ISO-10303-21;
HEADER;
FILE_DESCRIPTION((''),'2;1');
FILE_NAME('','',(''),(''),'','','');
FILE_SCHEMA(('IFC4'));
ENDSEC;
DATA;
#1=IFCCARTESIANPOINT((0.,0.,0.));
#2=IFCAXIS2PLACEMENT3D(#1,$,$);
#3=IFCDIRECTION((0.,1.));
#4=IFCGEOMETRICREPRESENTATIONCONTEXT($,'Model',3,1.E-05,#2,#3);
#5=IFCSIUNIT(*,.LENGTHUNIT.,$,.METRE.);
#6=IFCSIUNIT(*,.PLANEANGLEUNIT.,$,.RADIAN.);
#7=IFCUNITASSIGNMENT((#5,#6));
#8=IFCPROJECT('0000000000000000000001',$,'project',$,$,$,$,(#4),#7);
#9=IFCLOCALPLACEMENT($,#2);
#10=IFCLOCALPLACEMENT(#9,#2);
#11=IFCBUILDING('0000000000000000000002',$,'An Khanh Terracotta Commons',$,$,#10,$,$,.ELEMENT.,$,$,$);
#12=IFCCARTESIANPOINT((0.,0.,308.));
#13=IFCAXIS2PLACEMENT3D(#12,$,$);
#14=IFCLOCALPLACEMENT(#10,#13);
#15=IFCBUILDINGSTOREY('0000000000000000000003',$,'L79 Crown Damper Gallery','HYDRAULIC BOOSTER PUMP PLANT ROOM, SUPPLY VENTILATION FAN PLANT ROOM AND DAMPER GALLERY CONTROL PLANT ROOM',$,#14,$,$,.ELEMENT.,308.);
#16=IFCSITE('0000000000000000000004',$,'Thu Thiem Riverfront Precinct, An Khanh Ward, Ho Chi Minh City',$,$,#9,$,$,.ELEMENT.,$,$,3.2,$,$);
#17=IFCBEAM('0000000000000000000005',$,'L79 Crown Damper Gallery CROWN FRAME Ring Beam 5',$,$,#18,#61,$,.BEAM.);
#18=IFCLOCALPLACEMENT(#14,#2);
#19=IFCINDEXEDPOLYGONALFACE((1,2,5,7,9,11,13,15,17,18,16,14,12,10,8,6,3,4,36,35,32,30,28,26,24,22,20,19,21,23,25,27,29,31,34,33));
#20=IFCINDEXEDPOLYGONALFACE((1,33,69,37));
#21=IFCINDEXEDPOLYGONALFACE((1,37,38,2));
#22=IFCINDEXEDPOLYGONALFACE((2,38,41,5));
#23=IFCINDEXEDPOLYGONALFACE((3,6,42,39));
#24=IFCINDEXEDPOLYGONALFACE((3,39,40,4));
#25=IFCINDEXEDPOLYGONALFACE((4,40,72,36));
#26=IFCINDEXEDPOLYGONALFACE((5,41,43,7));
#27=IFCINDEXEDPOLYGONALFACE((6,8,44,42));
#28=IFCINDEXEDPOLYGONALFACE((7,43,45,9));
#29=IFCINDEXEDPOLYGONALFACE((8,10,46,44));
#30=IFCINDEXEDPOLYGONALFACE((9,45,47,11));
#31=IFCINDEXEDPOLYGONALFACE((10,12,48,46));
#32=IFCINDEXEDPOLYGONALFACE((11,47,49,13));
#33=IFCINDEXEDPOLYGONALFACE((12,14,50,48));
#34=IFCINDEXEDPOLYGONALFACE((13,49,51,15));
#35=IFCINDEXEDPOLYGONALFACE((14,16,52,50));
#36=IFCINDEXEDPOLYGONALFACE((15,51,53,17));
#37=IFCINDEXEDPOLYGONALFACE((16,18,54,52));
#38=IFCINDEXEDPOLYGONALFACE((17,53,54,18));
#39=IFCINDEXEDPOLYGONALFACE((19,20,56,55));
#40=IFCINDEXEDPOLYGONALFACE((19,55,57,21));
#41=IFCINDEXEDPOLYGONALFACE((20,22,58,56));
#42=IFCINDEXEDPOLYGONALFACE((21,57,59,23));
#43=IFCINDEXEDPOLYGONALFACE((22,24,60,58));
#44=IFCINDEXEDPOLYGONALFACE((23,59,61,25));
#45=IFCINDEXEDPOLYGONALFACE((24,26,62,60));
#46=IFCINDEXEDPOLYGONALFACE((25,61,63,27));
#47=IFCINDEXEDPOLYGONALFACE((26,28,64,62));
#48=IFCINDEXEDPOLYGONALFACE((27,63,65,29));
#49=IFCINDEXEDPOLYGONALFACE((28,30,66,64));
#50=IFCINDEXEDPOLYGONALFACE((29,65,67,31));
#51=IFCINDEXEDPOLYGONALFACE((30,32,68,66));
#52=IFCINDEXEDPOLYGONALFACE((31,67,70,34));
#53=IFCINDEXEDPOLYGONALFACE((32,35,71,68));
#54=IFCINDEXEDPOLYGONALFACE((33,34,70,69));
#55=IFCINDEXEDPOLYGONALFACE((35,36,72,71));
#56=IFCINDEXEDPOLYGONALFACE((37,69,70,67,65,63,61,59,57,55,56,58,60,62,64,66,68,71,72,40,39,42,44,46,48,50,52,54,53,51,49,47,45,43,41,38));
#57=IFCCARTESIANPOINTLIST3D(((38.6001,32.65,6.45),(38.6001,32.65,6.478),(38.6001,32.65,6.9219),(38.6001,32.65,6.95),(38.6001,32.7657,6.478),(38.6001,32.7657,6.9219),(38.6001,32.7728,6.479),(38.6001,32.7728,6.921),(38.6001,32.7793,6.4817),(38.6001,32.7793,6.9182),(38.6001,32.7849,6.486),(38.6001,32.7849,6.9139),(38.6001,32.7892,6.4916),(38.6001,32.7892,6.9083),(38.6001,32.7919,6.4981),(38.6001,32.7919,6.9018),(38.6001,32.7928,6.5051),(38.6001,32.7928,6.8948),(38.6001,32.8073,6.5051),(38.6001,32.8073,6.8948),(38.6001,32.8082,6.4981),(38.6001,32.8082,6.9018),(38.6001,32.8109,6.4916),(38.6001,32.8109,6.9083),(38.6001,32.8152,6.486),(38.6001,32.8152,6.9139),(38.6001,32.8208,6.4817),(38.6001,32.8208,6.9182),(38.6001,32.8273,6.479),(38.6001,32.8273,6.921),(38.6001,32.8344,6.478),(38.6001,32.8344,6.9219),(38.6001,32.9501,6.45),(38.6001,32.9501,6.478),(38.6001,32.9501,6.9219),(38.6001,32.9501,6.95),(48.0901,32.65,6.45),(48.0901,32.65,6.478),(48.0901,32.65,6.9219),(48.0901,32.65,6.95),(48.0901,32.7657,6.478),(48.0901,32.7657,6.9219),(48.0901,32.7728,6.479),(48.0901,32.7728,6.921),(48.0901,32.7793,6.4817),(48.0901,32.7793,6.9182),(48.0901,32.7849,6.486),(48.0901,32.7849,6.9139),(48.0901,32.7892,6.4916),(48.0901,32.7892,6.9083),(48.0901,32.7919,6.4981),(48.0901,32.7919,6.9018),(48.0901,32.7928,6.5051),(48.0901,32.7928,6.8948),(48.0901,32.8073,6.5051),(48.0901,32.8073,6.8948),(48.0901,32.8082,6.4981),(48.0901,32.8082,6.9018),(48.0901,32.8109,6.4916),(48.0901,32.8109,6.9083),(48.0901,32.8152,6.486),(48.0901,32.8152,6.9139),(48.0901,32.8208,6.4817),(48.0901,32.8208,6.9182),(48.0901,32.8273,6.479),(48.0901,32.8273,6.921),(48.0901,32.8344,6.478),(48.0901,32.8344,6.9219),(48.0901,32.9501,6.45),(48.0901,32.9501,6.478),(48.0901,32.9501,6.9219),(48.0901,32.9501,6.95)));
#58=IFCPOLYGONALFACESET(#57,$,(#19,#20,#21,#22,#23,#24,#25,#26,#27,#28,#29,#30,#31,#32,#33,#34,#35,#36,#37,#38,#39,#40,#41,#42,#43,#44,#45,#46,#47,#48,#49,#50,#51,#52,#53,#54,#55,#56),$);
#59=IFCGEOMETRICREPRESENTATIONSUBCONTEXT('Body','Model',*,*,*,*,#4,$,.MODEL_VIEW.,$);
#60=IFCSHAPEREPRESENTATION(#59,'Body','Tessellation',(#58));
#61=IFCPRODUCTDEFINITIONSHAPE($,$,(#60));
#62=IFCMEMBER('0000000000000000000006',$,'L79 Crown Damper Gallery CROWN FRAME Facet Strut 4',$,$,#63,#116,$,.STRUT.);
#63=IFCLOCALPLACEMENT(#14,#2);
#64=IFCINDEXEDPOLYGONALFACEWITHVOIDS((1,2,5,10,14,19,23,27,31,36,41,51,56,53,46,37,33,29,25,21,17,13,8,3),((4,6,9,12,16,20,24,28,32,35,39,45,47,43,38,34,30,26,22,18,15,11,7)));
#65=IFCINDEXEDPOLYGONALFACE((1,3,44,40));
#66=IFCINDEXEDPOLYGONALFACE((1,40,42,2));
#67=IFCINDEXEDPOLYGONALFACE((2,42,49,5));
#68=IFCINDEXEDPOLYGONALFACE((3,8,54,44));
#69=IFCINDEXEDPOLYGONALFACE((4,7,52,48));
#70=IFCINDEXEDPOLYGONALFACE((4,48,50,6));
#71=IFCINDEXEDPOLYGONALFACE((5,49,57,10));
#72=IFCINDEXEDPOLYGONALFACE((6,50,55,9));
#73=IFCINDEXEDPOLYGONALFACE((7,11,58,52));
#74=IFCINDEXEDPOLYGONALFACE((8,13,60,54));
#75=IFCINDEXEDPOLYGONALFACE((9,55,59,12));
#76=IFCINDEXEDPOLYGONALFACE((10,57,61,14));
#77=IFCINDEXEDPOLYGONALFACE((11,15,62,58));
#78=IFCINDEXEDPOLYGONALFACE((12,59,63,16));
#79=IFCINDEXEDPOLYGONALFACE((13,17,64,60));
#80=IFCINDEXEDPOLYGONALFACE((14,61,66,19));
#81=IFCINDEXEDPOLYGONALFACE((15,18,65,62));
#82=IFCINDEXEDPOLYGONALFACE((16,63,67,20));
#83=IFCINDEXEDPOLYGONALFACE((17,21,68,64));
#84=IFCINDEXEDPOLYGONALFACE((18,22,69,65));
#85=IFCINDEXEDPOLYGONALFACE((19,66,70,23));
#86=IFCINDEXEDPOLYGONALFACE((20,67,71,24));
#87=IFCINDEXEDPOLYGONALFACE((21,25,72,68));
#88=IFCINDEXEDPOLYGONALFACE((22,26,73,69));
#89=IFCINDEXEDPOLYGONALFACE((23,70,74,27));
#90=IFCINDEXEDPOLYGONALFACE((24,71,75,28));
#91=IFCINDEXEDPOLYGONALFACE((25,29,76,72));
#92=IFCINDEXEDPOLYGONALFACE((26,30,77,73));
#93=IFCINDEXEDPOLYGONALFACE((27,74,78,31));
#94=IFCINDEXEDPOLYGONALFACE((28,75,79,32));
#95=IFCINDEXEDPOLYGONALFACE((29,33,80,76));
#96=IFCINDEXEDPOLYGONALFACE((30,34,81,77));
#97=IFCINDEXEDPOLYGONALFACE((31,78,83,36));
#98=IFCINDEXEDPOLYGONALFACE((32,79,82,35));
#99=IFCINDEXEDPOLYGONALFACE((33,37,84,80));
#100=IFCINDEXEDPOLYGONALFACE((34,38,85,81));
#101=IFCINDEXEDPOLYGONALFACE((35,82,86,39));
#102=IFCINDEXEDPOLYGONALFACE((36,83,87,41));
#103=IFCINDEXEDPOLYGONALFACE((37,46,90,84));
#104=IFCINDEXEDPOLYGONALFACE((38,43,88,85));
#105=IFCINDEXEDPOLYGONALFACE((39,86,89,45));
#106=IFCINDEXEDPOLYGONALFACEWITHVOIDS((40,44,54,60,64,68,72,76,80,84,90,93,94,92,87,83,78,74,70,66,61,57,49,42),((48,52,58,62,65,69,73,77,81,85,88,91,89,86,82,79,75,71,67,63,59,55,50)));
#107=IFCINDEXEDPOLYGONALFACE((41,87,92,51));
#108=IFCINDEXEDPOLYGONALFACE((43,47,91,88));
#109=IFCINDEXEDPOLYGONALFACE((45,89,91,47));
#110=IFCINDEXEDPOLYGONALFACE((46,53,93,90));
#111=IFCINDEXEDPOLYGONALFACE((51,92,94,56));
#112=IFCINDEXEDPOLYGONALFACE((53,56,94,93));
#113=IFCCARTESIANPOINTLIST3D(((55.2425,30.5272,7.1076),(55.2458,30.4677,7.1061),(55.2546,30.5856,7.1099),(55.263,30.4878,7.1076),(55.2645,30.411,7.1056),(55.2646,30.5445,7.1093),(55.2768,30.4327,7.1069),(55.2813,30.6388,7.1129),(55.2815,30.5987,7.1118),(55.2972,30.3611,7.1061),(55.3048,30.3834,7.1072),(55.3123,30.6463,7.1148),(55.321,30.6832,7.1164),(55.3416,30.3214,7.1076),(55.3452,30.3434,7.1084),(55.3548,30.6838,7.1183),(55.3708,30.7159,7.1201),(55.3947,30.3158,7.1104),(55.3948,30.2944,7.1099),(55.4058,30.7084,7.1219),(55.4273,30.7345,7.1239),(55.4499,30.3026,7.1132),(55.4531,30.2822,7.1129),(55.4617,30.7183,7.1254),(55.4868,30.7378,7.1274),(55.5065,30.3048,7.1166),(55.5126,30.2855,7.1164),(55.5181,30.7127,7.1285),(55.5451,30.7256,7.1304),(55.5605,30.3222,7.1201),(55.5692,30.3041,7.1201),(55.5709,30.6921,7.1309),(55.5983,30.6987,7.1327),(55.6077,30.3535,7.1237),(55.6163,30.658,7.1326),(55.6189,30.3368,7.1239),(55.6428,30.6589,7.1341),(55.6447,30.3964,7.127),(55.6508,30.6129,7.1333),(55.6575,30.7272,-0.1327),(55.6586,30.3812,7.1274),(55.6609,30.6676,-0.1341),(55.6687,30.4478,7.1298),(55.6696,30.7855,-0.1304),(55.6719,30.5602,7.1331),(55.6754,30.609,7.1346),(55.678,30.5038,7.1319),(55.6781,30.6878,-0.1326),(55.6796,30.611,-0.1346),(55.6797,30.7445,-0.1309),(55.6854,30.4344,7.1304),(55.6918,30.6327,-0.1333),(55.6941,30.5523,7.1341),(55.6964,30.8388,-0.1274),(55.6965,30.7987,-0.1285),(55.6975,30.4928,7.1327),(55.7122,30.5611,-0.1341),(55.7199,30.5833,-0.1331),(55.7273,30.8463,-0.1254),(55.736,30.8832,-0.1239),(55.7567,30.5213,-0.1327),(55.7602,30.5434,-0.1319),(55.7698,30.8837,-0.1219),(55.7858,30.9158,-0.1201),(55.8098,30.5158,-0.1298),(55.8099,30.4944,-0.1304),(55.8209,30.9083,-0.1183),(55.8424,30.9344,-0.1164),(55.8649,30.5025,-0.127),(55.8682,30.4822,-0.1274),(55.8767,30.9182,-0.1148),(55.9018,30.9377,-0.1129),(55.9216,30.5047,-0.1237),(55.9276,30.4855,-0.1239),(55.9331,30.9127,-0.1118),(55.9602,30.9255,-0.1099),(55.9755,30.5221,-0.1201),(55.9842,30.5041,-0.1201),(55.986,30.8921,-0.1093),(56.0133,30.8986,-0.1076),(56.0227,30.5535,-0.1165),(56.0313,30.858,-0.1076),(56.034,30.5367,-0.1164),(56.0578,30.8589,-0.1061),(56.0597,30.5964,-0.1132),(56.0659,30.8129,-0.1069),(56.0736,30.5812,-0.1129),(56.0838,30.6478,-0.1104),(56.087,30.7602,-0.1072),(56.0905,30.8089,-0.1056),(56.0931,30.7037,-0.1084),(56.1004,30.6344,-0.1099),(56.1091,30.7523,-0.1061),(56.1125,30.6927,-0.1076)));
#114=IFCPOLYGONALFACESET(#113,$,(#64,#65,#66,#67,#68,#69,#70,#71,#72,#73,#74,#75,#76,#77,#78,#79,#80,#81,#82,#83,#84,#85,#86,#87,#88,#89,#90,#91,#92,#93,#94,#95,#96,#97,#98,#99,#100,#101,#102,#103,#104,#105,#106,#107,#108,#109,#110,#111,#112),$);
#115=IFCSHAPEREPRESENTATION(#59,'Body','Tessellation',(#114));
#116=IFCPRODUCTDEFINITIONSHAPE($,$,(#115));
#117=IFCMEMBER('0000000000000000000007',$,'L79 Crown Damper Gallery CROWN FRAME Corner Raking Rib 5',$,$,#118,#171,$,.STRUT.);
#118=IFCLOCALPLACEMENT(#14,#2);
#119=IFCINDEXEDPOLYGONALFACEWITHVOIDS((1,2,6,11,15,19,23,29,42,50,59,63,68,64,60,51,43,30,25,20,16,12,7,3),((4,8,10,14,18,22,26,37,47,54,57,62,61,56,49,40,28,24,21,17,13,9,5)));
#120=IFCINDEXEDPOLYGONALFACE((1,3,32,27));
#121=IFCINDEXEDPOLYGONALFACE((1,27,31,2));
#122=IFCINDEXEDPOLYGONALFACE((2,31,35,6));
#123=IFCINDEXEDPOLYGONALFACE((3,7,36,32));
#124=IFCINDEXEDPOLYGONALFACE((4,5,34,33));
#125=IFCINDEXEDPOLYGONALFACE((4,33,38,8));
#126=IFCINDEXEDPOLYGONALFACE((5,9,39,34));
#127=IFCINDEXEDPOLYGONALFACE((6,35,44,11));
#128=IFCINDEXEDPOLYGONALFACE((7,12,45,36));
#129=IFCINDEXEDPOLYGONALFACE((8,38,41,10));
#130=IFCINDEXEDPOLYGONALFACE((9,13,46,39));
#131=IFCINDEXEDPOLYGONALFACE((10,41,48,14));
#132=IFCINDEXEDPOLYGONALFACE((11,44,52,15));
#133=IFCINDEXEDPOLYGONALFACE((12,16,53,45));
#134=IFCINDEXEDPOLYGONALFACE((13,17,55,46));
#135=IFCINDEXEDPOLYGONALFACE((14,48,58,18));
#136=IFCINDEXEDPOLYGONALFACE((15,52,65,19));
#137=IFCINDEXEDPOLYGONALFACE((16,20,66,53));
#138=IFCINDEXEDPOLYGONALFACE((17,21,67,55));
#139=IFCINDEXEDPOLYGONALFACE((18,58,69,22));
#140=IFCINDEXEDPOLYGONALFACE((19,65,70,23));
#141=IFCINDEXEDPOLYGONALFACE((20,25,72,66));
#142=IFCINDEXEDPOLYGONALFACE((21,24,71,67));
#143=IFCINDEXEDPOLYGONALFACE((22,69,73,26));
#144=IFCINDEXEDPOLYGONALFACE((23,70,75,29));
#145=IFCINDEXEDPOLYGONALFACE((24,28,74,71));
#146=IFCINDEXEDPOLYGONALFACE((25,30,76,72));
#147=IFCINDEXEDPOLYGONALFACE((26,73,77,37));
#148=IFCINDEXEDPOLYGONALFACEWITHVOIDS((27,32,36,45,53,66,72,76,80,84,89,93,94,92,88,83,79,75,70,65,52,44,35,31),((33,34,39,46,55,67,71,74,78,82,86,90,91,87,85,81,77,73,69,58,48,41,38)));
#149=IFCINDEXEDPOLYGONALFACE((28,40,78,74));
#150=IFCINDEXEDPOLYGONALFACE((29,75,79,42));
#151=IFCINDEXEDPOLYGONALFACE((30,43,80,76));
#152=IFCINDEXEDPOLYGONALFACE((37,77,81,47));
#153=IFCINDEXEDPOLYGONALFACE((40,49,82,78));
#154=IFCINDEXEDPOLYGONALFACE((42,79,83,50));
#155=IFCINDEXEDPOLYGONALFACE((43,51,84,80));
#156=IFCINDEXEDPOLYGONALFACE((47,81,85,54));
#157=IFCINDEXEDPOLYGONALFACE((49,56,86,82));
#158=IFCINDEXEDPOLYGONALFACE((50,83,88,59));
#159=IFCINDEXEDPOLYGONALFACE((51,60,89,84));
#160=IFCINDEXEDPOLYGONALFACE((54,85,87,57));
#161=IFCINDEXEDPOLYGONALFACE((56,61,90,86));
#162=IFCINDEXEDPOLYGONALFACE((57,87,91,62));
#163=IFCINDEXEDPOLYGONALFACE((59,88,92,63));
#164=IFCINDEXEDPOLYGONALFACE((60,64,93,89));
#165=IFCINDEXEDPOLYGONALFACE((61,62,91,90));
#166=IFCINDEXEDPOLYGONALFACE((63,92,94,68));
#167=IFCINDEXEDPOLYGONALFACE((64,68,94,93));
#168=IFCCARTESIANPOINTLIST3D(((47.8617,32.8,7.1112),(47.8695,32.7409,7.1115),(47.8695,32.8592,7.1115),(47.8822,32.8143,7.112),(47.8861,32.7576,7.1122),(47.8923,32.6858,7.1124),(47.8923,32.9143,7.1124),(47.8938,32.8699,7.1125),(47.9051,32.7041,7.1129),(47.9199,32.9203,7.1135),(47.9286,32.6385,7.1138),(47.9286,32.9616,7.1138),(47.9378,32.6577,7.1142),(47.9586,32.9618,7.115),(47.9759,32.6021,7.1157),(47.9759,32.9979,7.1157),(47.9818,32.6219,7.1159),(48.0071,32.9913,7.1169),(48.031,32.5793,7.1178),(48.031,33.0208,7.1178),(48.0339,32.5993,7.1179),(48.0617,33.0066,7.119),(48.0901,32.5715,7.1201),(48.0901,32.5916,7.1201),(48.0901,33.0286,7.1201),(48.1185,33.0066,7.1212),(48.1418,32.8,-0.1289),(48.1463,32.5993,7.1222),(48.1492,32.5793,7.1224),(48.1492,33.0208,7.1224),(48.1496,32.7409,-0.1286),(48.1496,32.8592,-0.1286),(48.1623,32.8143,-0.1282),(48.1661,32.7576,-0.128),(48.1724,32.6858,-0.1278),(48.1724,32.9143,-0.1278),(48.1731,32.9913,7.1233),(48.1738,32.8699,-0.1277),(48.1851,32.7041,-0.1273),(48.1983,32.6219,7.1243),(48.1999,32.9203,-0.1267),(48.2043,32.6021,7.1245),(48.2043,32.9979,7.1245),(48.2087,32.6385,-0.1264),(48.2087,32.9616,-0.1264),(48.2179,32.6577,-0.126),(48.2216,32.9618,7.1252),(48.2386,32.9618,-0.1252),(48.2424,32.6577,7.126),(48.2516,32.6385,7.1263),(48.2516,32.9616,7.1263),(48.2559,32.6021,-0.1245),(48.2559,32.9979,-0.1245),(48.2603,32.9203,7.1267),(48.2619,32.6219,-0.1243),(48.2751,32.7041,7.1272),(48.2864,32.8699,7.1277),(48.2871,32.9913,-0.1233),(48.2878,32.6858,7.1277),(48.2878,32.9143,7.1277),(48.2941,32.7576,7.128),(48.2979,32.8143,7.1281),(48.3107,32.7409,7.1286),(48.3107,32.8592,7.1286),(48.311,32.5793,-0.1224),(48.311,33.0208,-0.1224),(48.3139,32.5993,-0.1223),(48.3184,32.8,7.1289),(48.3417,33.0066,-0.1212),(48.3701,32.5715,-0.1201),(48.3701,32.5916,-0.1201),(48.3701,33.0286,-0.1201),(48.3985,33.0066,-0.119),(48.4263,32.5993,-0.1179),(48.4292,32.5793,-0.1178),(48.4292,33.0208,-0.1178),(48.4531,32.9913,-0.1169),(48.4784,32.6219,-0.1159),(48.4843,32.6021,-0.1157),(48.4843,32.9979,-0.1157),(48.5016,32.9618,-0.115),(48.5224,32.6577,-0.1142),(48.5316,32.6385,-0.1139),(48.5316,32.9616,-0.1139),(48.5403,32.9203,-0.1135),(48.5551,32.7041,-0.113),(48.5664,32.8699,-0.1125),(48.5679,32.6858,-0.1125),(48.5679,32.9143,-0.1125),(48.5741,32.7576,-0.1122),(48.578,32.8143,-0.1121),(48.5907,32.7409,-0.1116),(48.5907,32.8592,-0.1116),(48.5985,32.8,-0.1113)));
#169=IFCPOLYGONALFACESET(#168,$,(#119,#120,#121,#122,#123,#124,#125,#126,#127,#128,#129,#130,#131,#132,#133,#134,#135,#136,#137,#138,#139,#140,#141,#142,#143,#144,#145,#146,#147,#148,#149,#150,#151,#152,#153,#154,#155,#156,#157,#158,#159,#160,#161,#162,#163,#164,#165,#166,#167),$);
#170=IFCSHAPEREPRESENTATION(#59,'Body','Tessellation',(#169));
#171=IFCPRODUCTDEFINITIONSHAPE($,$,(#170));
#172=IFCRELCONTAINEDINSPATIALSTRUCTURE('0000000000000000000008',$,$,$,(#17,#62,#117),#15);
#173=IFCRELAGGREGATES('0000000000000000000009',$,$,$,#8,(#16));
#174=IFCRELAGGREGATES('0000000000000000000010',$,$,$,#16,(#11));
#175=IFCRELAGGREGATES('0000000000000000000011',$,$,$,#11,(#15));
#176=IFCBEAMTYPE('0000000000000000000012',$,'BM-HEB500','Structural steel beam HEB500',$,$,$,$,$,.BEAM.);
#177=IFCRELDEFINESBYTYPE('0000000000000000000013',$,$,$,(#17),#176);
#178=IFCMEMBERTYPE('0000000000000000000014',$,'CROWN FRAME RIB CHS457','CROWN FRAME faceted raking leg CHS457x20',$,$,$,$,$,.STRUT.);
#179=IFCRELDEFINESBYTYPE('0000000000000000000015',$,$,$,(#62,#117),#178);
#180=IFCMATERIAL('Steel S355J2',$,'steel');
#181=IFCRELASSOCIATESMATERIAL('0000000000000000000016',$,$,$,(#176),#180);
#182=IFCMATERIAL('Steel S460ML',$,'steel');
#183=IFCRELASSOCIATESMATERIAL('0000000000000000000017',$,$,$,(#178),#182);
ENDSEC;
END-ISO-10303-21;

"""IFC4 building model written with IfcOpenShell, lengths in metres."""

from ifc_helpers import new_model, si_unit, direction, frame, origin, origin_2d, place, context, subcontext, project, spatial, hollow_circle, i_section, extrude, material, material_profile, profile_set, type_object, element, save


model = new_model("IFC4")

# Units and contexts
model_context = context("Model", 3, precision=1e-05, world=origin(), true_north=direction((0.0, 1.0)))
body_context = subcontext(model_context, "Body", "Model", "MODEL_VIEW")
ifc_project = project(units=[si_unit("LENGTHUNIT", "METRE"), si_unit("PLANEANGLEUNIT", "RADIAN")], contexts=[model_context])

# Site, building, storey
site_placement = place(None, origin())
site = spatial("IfcSite", under=ifc_project, at=site_placement, Name="Thu Thiem Riverfront Precinct, An Khanh Ward, Ho Chi Minh City", CompositionType="ELEMENT", RefElevation=3.2)
building_placement = place(site_placement, origin())
building = spatial("IfcBuilding", under=site, at=building_placement, Name="An Khanh Terracotta Commons", CompositionType="ELEMENT")
storey_placement = place(building_placement, frame((0.0, 0.0, 308.0)))
storey = spatial("IfcBuildingStorey", under=building, at=storey_placement, Name="L79 Crown Damper Gallery", Description="HYDRAULIC BOOSTER PUMP PLANT ROOM, SUPPLY VENTILATION FAN PLANT ROOM AND DAMPER GALLERY CONTROL PLANT ROOM", CompositionType="ELEMENT", Elevation=308.0)

# Beam
ifc_material_1 = material(Name="Steel S355J2", Category="steel")
ifc_material_profile_1 = material_profile(ifc_material_1, i_section(OverallWidth=0.3, OverallDepth=0.5, WebThickness=0.0144, FlangeThickness=0.0281, FilletRadius=0.0271, at=origin_2d()), Name="HEB500")
ifc_profile_set_1 = profile_set([ifc_material_profile_1], Name="Steel S355J2")
beam_type = type_object("IfcBeamType", Name="BM-HEB500", Description="Structural steel beam HEB500", PredefinedType="BEAM", material=ifc_profile_set_1)
beam_placement = place(storey_placement, frame((48.0901, 32.8, 6.7), z_axis=(-1.0, 0.0, 0.0), x_axis=(0.0, -1.0, 0.0)))
element("IfcBeam", 1, at=beam_placement, inside=storey, type_object=beam_type, Name="L79 Crown Damper Gallery CROWN FRAME Ring Beam 5", PredefinedType="BEAM", context=body_context, shape_type="SweptSolid", body=[
    extrude(i_section(OverallWidth=0.3, OverallDepth=0.5, WebThickness=0.0144, FlangeThickness=0.0281, FilletRadius=0.0271, at=origin_2d()), origin(), (0.0, 0.0, 1.0), 9.49),
])

# Members
ifc_material_2 = material(Name="Steel S460ML", Category="steel")
ifc_material_profile_2 = material_profile(ifc_material_2, hollow_circle(Radius=0.2285, WallThickness=0.02, at=origin_2d()), Name="CHS457x20")
ifc_profile_set_2 = profile_set([ifc_material_profile_2], Name="Steel S460ML")
member_type_1 = type_object("IfcMemberType", Name="CROWN FRAME RIB CHS457", Description="CROWN FRAME faceted raking leg CHS457x20", PredefinedType="STRUT", material=ifc_profile_set_2)
member_1_placement = place(storey_placement, frame((55.885, 30.71, -0.1201), z_axis=(-0.057208, -0.027561, 0.997982), x_axis=(0.434023, -0.900902, 0.0)))
element("IfcMember", 2, at=member_1_placement, inside=storey, type_object=member_type_1, Name="L79 Crown Damper Gallery CROWN FRAME Facet Strut 4", PredefinedType="STRUT", context=body_context, shape_type="SweptSolid", body=[
    extrude(hollow_circle(Radius=0.2285, WallThickness=0.02, at=origin_2d()), origin(), (0.0, 0.0, 1.0), 7.2549),
])
member_2_placement = place(storey_placement, frame((48.3701, 32.8, -0.1201), z_axis=(-0.038648, 0.0, 0.999253), x_axis=(0.0, -1.0, 0.0)))
element("IfcMember", 3, at=member_2_placement, inside=storey, type_object=member_type_1, Name="L79 Crown Damper Gallery CROWN FRAME Corner Raking Rib 5", PredefinedType="STRUT", context=body_context, shape_type="SweptSolid", body=[
    extrude(hollow_circle(Radius=0.2285, WallThickness=0.02, at=origin_2d()), origin(), (0.0, 0.0, 1.0), 7.2456),
])

save(model, "model.ifc")
